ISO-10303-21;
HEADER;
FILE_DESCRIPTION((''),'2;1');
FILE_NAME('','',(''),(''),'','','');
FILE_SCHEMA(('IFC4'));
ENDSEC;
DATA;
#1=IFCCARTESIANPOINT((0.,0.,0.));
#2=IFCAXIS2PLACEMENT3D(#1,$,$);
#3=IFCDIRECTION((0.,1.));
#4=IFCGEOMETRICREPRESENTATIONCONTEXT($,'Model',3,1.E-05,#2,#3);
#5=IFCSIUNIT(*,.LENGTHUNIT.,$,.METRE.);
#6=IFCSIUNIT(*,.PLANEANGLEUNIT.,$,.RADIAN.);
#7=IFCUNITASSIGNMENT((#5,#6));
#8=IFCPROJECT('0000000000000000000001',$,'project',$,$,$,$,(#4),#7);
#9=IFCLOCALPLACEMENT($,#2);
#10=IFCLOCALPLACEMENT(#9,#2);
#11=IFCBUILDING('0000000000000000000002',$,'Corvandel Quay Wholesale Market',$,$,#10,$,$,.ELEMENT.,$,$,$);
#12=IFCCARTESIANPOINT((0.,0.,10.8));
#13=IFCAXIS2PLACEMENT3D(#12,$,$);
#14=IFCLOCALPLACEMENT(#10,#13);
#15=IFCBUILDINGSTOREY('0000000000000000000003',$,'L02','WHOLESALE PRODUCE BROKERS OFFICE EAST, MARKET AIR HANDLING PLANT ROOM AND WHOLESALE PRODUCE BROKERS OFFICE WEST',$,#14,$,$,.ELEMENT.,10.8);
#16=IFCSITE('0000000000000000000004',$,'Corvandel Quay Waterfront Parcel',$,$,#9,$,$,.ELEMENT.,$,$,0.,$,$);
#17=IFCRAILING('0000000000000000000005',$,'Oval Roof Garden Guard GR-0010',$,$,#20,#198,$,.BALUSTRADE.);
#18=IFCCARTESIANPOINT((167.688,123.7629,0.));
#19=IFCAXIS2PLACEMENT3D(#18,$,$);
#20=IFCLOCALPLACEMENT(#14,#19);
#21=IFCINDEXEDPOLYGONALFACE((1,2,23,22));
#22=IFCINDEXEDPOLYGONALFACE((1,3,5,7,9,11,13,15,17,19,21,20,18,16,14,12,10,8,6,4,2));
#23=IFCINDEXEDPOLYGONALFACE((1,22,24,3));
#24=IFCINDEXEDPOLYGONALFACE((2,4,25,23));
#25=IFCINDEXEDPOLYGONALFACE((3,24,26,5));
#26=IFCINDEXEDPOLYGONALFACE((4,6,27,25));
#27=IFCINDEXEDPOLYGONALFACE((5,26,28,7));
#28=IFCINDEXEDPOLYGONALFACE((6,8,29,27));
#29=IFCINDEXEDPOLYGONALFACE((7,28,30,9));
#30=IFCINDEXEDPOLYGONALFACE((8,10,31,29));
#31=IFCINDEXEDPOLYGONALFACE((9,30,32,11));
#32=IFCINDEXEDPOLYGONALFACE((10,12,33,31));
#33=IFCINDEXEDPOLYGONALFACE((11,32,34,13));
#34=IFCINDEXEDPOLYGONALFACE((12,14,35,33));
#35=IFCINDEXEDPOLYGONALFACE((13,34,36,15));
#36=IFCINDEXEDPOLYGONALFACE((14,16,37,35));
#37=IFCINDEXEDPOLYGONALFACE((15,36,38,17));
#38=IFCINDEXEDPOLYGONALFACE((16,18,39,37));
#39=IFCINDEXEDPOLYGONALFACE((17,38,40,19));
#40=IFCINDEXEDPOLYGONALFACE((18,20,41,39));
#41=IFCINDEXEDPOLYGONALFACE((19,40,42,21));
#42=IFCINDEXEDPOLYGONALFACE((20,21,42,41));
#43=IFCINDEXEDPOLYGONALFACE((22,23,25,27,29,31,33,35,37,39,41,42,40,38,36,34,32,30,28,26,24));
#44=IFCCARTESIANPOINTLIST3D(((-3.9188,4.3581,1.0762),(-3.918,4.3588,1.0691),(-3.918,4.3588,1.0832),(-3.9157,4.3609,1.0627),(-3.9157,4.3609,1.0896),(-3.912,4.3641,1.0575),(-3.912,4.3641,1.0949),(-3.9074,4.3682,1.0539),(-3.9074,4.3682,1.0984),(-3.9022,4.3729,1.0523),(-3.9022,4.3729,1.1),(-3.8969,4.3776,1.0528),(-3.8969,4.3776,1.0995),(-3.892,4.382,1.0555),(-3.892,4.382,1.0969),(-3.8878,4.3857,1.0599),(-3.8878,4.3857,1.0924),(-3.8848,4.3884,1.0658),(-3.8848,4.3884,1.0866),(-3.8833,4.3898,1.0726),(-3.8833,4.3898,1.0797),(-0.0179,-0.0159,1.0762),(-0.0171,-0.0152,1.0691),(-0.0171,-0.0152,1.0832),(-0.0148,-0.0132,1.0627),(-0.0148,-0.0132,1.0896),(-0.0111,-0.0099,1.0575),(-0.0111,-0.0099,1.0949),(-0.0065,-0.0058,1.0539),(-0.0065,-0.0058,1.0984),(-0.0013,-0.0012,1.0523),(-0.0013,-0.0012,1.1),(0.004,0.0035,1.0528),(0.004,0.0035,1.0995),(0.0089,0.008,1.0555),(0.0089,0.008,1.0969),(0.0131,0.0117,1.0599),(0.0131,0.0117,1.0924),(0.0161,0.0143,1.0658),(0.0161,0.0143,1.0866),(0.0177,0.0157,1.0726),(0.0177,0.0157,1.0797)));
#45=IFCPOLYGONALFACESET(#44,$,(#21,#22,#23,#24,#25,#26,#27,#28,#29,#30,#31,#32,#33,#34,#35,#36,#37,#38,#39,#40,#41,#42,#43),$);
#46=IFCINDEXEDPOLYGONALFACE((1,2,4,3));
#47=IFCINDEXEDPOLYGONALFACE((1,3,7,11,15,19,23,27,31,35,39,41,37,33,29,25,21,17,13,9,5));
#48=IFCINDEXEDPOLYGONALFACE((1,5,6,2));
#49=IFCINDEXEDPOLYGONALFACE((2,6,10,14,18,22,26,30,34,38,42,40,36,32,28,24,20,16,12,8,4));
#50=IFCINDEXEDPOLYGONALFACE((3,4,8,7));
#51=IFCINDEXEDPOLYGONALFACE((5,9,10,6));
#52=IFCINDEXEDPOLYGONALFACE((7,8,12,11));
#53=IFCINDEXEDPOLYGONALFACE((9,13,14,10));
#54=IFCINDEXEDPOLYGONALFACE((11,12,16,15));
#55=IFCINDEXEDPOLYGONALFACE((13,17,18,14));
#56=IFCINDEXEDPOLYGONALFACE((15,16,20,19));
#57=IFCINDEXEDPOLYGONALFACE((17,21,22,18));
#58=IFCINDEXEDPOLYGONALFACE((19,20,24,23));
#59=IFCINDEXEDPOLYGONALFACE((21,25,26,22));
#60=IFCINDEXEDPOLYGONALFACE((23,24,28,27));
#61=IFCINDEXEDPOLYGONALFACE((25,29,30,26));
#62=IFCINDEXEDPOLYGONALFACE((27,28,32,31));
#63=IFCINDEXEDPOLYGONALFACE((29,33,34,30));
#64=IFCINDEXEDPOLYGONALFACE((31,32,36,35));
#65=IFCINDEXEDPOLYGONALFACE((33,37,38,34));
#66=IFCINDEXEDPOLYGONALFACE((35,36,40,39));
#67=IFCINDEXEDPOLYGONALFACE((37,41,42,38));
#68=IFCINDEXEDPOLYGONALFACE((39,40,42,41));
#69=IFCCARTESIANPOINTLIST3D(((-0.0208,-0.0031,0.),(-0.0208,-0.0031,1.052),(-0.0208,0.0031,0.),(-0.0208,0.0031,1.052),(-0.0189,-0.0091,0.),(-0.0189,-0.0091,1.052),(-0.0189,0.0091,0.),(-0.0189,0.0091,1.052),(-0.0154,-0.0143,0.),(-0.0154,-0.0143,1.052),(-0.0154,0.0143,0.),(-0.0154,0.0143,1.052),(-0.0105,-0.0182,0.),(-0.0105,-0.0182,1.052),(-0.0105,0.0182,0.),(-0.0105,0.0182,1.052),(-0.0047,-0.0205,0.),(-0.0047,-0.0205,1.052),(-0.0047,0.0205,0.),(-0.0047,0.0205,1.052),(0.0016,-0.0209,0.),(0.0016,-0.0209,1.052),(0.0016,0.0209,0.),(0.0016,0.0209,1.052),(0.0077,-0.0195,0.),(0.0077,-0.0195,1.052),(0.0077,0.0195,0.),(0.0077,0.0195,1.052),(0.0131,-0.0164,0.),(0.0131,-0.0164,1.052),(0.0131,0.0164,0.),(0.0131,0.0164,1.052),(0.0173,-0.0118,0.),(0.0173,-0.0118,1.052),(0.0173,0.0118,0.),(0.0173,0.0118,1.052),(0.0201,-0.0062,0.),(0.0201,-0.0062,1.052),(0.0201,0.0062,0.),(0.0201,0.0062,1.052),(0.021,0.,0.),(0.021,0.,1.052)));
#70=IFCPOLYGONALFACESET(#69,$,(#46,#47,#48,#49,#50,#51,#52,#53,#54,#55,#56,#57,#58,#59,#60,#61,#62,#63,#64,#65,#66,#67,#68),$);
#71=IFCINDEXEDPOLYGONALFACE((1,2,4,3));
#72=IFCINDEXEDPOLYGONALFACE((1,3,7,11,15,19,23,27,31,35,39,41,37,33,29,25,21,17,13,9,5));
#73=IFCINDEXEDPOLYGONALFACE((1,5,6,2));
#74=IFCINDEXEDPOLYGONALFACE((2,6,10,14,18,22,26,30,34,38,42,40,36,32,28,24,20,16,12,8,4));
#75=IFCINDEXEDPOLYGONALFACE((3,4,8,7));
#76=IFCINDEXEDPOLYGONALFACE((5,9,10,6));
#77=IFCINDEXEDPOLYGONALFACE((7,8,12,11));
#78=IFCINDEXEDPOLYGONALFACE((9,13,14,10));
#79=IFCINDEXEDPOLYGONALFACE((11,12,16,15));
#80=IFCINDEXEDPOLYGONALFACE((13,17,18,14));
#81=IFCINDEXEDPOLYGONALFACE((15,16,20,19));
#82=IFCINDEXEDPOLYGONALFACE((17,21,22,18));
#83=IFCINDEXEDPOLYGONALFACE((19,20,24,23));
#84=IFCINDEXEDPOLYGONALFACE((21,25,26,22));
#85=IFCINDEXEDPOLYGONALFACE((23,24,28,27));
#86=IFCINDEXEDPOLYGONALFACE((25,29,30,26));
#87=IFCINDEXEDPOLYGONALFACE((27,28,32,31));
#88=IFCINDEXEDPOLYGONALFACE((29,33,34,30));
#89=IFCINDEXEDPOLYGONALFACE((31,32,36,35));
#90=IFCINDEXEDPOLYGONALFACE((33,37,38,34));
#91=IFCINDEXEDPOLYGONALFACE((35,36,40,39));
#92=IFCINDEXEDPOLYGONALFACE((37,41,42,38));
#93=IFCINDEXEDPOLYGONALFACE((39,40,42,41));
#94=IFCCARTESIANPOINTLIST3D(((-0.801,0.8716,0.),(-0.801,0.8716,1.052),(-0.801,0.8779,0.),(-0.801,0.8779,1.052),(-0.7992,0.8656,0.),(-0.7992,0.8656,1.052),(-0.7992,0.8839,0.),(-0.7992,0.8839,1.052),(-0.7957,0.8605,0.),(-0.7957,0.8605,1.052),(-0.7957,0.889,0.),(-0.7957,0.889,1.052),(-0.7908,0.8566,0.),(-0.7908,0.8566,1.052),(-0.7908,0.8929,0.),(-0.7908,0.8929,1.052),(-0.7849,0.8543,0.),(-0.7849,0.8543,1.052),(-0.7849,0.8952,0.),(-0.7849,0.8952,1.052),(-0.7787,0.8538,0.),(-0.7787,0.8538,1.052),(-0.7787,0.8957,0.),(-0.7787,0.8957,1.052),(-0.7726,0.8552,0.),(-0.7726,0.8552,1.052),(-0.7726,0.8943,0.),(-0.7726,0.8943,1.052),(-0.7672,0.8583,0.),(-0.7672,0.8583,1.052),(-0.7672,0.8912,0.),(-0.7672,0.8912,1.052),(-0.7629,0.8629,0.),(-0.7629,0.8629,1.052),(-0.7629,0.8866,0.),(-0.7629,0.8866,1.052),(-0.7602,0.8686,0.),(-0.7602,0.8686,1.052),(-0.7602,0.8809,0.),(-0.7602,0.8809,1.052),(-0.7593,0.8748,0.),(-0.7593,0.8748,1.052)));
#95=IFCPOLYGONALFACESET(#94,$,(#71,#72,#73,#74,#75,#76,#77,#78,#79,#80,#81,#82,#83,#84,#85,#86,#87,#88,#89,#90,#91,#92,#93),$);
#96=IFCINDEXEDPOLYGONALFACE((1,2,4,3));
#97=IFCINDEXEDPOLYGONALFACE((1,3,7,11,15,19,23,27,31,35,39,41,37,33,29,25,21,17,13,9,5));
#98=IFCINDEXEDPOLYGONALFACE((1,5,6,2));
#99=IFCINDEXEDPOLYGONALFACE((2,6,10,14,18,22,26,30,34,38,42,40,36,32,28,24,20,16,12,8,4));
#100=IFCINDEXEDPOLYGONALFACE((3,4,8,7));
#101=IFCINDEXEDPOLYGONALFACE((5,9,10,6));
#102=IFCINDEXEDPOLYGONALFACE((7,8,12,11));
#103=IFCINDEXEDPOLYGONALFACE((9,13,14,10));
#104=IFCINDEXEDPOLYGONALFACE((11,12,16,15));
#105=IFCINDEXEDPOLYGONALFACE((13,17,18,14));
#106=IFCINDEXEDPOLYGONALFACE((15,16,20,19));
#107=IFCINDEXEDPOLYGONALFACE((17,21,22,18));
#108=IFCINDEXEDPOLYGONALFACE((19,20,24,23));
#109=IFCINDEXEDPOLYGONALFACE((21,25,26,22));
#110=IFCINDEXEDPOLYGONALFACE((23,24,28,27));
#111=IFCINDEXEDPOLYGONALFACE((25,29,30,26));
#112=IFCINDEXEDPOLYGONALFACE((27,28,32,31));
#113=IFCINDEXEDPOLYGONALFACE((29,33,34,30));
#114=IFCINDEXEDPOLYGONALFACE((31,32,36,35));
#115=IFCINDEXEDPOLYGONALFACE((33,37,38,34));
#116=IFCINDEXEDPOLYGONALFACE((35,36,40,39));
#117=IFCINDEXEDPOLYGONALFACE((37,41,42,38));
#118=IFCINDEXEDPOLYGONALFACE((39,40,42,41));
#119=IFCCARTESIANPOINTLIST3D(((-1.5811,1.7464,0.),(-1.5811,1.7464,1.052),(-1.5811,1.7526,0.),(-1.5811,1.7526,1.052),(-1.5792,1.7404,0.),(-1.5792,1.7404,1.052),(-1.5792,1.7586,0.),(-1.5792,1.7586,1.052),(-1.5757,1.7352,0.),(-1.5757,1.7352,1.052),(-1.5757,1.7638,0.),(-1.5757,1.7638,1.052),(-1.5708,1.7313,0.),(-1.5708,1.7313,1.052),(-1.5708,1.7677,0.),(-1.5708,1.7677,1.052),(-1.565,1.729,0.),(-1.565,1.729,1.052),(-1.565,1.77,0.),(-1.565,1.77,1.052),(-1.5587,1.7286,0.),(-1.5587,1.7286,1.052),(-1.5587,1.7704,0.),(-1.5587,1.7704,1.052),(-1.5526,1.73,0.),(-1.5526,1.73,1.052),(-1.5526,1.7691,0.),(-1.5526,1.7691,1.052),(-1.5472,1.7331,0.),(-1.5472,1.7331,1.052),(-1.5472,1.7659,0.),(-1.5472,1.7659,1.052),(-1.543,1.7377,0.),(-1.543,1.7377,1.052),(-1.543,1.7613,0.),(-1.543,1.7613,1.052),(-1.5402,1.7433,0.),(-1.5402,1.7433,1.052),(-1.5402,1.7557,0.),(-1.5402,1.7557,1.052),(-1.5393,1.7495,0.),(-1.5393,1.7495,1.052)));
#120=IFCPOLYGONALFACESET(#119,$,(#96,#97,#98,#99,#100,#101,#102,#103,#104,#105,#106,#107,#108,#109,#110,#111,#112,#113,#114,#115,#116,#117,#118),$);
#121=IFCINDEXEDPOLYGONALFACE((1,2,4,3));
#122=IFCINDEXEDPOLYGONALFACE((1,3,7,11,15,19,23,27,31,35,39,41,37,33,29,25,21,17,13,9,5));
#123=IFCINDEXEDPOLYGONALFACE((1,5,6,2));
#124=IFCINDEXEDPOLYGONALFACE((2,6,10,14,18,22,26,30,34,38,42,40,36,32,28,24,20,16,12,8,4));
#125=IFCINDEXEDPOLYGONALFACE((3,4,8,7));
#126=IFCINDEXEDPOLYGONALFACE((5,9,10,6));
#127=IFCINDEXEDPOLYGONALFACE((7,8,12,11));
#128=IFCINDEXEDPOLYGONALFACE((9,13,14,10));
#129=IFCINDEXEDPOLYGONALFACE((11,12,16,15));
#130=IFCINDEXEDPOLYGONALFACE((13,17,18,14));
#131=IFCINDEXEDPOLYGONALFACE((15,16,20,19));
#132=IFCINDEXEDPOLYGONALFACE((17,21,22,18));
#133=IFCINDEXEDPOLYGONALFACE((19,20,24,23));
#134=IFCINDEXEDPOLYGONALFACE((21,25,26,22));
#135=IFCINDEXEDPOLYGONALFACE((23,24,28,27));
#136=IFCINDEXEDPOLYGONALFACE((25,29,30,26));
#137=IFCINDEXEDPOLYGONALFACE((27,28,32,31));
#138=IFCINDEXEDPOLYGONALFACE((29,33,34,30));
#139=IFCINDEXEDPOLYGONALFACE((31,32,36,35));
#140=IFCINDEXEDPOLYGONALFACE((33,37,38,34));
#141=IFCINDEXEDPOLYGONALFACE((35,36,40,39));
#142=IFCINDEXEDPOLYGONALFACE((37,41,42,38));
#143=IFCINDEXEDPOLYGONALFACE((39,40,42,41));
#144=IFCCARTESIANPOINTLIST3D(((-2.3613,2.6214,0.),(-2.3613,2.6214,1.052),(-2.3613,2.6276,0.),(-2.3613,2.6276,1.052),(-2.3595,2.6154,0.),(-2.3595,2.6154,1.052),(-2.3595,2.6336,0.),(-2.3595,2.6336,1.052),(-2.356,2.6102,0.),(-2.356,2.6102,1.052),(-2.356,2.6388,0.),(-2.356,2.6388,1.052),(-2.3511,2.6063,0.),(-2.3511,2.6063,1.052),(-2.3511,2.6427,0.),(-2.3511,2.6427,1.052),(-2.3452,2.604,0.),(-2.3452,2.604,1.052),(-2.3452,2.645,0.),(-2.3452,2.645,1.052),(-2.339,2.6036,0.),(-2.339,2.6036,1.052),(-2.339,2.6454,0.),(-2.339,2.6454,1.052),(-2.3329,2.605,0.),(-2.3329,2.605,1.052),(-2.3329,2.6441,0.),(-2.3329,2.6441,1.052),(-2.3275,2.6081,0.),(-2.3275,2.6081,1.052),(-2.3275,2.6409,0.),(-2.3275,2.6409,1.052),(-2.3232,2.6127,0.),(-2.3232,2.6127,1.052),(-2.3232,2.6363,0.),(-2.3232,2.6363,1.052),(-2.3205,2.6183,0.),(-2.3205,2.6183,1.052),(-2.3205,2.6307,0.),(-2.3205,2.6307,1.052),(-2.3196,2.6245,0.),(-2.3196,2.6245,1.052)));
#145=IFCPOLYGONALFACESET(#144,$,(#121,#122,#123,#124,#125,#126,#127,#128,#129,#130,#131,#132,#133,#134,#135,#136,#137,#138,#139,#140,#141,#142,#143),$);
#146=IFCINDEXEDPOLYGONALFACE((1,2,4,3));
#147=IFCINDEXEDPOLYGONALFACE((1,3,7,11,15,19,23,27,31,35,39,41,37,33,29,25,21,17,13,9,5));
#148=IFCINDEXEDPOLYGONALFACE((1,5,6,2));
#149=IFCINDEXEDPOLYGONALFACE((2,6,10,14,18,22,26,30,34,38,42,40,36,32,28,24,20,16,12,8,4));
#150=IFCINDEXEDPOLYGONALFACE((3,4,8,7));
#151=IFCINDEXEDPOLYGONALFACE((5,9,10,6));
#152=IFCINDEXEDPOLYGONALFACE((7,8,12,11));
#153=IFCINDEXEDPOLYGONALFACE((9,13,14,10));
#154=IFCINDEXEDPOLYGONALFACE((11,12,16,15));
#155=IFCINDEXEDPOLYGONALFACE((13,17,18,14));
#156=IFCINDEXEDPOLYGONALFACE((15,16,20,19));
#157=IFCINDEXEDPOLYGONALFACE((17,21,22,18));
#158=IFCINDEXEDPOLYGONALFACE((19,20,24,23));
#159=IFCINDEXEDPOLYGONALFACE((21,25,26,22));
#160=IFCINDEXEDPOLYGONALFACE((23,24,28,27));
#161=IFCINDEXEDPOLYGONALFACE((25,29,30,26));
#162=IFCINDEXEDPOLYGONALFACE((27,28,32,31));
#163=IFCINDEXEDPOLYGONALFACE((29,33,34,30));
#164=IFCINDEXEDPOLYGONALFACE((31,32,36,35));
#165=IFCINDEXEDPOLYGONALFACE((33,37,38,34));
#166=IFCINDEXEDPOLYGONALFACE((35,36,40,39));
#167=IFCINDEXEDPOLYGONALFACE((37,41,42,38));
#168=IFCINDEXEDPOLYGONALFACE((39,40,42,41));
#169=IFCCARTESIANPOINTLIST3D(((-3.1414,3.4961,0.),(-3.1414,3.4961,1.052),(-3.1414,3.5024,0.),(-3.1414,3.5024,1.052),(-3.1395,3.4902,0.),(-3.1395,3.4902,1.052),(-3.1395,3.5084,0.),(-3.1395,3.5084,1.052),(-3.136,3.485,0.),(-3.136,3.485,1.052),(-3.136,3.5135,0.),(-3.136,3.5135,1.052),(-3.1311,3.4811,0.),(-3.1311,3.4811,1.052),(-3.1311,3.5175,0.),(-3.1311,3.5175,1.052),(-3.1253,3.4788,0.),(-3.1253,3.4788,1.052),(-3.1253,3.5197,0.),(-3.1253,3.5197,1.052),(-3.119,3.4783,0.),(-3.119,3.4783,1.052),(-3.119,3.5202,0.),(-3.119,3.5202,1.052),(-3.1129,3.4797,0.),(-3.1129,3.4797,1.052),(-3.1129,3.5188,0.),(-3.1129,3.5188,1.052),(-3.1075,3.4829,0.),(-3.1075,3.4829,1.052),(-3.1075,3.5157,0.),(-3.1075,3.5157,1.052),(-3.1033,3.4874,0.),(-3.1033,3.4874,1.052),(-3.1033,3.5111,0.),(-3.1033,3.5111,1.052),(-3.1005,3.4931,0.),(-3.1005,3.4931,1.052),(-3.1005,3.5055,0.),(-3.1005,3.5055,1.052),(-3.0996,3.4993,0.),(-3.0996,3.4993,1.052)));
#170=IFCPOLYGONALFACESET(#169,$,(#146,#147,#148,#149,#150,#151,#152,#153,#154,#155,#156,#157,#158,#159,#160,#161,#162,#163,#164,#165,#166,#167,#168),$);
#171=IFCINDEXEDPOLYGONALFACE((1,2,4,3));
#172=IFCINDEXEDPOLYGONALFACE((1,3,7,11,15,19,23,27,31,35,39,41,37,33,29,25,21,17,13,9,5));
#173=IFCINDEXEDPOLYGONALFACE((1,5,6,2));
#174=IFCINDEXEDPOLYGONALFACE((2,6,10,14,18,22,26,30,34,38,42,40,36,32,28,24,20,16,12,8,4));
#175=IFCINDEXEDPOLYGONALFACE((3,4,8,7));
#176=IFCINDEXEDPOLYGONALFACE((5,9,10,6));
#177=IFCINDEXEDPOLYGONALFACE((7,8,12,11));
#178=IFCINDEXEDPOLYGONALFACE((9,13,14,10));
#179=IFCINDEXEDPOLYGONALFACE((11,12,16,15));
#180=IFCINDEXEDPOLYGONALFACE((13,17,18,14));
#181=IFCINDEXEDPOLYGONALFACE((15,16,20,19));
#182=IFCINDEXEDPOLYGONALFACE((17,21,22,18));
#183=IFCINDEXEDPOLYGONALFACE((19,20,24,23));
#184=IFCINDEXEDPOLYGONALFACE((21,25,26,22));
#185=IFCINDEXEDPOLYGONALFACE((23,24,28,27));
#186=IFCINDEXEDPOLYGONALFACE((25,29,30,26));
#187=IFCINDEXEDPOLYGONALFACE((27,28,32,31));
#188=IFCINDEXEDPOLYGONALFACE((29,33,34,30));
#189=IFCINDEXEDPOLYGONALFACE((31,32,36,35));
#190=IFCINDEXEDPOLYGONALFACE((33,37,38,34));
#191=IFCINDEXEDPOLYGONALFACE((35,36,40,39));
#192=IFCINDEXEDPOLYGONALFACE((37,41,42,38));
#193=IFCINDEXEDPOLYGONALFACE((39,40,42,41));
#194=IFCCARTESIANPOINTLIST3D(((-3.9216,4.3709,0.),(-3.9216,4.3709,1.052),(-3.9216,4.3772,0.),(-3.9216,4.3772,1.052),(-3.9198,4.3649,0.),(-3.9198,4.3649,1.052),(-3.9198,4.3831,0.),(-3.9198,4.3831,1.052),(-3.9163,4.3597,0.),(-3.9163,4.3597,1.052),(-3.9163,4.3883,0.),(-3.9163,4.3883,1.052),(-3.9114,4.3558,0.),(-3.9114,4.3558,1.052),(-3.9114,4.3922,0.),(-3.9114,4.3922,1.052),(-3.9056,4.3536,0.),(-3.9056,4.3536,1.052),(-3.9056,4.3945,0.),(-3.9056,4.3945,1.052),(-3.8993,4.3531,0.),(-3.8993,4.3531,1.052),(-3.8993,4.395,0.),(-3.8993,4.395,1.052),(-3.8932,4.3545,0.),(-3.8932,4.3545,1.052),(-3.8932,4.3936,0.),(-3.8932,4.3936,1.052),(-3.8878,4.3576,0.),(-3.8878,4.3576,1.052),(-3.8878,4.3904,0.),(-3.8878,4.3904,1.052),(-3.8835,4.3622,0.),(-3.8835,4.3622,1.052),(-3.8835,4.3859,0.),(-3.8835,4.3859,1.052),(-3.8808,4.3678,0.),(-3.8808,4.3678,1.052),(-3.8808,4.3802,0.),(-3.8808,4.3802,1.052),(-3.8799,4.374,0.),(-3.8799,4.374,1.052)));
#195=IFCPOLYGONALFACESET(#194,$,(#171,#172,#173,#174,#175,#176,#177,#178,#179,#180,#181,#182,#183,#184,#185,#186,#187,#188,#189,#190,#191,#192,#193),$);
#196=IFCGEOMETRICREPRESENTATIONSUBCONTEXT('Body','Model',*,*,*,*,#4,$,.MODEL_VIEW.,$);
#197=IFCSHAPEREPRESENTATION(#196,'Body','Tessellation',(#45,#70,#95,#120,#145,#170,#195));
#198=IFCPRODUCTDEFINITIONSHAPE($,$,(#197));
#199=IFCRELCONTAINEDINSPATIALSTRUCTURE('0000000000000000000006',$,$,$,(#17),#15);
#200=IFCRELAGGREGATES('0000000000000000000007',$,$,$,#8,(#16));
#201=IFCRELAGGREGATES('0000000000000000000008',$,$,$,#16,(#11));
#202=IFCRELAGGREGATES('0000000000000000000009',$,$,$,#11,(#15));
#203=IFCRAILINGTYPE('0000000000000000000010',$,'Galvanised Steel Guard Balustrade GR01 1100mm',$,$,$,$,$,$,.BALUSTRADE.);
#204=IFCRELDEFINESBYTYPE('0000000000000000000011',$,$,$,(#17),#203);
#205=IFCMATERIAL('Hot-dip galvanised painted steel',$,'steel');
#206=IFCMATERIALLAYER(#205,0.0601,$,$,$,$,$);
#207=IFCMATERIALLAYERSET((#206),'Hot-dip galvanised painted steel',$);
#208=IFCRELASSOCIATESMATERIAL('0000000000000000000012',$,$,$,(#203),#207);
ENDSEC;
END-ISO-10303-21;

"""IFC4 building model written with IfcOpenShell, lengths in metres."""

from ifc_helpers import new_model, si_unit, direction, frame, origin, origin_2d, place, context, subcontext, project, spatial, circle, extrude, material, layer, layer_set, type_object, element, save


model = new_model("IFC4")

# Units and contexts
model_context = context("Model", 3, precision=1e-05, world=origin(), true_north=direction((0.0, 1.0)))
body_context = subcontext(model_context, "Body", "Model", "MODEL_VIEW")
ifc_project = project(units=[si_unit("LENGTHUNIT", "METRE"), si_unit("PLANEANGLEUNIT", "RADIAN")], contexts=[model_context])

# Site, building, storey
site_placement = place(None, origin())
site = spatial("IfcSite", under=ifc_project, at=site_placement, Name="Corvandel Quay Waterfront Parcel", CompositionType="ELEMENT", RefElevation=0.0)
building_placement = place(site_placement, origin())
building = spatial("IfcBuilding", under=site, at=building_placement, Name="Corvandel Quay Wholesale Market", CompositionType="ELEMENT")
storey_placement = place(building_placement, frame((0.0, 0.0, 10.8)))
storey = spatial("IfcBuildingStorey", under=building, at=storey_placement, Name="L02", Description="WHOLESALE PRODUCE BROKERS OFFICE EAST, MARKET AIR HANDLING PLANT ROOM AND WHOLESALE PRODUCE BROKERS OFFICE WEST", CompositionType="ELEMENT", Elevation=10.8)

# Railing
ifc_material_1 = material(Name="Hot-dip galvanised painted steel", Category="steel")
ifc_layer_1 = layer(ifc_material_1, 0.0601)
ifc_layer_set_1 = layer_set([ifc_layer_1], Name="Hot-dip galvanised painted steel")
railing_type = type_object("IfcRailingType", Name="Galvanised Steel Guard Balustrade GR01 1100mm", PredefinedType="BALUSTRADE", material=ifc_layer_set_1)
railing_1_placement = place(storey_placement, frame((167.688, 123.7629, 0.0)))
element("IfcRailing", 1, at=railing_1_placement, inside=storey, type_object=railing_type, Name="Oval Roof Garden Guard GR-0010", PredefinedType="BALUSTRADE", context=body_context, shape_type="SweptSolid", body=[
    extrude(circle(Radius=0.0239, at=origin_2d()), frame((0.0, 0.0, 1.0762), z_axis=(-0.665589, 0.746319, 0.0), x_axis=(-0.746319, -0.665589, 0.0)), (0.0, 0.0, 1.0), 5.8608),
    extrude(circle(Radius=0.021, at=origin_2d()), origin(), (0.0, 0.0, 1.0), 1.052),
    extrude(circle(Radius=0.021, at=origin_2d()), frame((-0.7803, 0.8748, 0.0)), (0.0, 0.0, 1.0), 1.052),
    extrude(circle(Radius=0.021, at=origin_2d()), frame((-1.5603, 1.7495, 0.0)), (0.0, 0.0, 1.0), 1.052),
    extrude(circle(Radius=0.021, at=origin_2d()), frame((-2.3406, 2.6245, 0.0)), (0.0, 0.0, 1.0), 1.052),
    extrude(circle(Radius=0.021, at=origin_2d()), frame((-3.1206, 3.4993, 0.0)), (0.0, 0.0, 1.0), 1.052),
    extrude(circle(Radius=0.021, at=origin_2d()), frame((-3.9009, 4.374, 0.0)), (0.0, 0.0, 1.0), 1.052),
])

save(model, "model.ifc")
